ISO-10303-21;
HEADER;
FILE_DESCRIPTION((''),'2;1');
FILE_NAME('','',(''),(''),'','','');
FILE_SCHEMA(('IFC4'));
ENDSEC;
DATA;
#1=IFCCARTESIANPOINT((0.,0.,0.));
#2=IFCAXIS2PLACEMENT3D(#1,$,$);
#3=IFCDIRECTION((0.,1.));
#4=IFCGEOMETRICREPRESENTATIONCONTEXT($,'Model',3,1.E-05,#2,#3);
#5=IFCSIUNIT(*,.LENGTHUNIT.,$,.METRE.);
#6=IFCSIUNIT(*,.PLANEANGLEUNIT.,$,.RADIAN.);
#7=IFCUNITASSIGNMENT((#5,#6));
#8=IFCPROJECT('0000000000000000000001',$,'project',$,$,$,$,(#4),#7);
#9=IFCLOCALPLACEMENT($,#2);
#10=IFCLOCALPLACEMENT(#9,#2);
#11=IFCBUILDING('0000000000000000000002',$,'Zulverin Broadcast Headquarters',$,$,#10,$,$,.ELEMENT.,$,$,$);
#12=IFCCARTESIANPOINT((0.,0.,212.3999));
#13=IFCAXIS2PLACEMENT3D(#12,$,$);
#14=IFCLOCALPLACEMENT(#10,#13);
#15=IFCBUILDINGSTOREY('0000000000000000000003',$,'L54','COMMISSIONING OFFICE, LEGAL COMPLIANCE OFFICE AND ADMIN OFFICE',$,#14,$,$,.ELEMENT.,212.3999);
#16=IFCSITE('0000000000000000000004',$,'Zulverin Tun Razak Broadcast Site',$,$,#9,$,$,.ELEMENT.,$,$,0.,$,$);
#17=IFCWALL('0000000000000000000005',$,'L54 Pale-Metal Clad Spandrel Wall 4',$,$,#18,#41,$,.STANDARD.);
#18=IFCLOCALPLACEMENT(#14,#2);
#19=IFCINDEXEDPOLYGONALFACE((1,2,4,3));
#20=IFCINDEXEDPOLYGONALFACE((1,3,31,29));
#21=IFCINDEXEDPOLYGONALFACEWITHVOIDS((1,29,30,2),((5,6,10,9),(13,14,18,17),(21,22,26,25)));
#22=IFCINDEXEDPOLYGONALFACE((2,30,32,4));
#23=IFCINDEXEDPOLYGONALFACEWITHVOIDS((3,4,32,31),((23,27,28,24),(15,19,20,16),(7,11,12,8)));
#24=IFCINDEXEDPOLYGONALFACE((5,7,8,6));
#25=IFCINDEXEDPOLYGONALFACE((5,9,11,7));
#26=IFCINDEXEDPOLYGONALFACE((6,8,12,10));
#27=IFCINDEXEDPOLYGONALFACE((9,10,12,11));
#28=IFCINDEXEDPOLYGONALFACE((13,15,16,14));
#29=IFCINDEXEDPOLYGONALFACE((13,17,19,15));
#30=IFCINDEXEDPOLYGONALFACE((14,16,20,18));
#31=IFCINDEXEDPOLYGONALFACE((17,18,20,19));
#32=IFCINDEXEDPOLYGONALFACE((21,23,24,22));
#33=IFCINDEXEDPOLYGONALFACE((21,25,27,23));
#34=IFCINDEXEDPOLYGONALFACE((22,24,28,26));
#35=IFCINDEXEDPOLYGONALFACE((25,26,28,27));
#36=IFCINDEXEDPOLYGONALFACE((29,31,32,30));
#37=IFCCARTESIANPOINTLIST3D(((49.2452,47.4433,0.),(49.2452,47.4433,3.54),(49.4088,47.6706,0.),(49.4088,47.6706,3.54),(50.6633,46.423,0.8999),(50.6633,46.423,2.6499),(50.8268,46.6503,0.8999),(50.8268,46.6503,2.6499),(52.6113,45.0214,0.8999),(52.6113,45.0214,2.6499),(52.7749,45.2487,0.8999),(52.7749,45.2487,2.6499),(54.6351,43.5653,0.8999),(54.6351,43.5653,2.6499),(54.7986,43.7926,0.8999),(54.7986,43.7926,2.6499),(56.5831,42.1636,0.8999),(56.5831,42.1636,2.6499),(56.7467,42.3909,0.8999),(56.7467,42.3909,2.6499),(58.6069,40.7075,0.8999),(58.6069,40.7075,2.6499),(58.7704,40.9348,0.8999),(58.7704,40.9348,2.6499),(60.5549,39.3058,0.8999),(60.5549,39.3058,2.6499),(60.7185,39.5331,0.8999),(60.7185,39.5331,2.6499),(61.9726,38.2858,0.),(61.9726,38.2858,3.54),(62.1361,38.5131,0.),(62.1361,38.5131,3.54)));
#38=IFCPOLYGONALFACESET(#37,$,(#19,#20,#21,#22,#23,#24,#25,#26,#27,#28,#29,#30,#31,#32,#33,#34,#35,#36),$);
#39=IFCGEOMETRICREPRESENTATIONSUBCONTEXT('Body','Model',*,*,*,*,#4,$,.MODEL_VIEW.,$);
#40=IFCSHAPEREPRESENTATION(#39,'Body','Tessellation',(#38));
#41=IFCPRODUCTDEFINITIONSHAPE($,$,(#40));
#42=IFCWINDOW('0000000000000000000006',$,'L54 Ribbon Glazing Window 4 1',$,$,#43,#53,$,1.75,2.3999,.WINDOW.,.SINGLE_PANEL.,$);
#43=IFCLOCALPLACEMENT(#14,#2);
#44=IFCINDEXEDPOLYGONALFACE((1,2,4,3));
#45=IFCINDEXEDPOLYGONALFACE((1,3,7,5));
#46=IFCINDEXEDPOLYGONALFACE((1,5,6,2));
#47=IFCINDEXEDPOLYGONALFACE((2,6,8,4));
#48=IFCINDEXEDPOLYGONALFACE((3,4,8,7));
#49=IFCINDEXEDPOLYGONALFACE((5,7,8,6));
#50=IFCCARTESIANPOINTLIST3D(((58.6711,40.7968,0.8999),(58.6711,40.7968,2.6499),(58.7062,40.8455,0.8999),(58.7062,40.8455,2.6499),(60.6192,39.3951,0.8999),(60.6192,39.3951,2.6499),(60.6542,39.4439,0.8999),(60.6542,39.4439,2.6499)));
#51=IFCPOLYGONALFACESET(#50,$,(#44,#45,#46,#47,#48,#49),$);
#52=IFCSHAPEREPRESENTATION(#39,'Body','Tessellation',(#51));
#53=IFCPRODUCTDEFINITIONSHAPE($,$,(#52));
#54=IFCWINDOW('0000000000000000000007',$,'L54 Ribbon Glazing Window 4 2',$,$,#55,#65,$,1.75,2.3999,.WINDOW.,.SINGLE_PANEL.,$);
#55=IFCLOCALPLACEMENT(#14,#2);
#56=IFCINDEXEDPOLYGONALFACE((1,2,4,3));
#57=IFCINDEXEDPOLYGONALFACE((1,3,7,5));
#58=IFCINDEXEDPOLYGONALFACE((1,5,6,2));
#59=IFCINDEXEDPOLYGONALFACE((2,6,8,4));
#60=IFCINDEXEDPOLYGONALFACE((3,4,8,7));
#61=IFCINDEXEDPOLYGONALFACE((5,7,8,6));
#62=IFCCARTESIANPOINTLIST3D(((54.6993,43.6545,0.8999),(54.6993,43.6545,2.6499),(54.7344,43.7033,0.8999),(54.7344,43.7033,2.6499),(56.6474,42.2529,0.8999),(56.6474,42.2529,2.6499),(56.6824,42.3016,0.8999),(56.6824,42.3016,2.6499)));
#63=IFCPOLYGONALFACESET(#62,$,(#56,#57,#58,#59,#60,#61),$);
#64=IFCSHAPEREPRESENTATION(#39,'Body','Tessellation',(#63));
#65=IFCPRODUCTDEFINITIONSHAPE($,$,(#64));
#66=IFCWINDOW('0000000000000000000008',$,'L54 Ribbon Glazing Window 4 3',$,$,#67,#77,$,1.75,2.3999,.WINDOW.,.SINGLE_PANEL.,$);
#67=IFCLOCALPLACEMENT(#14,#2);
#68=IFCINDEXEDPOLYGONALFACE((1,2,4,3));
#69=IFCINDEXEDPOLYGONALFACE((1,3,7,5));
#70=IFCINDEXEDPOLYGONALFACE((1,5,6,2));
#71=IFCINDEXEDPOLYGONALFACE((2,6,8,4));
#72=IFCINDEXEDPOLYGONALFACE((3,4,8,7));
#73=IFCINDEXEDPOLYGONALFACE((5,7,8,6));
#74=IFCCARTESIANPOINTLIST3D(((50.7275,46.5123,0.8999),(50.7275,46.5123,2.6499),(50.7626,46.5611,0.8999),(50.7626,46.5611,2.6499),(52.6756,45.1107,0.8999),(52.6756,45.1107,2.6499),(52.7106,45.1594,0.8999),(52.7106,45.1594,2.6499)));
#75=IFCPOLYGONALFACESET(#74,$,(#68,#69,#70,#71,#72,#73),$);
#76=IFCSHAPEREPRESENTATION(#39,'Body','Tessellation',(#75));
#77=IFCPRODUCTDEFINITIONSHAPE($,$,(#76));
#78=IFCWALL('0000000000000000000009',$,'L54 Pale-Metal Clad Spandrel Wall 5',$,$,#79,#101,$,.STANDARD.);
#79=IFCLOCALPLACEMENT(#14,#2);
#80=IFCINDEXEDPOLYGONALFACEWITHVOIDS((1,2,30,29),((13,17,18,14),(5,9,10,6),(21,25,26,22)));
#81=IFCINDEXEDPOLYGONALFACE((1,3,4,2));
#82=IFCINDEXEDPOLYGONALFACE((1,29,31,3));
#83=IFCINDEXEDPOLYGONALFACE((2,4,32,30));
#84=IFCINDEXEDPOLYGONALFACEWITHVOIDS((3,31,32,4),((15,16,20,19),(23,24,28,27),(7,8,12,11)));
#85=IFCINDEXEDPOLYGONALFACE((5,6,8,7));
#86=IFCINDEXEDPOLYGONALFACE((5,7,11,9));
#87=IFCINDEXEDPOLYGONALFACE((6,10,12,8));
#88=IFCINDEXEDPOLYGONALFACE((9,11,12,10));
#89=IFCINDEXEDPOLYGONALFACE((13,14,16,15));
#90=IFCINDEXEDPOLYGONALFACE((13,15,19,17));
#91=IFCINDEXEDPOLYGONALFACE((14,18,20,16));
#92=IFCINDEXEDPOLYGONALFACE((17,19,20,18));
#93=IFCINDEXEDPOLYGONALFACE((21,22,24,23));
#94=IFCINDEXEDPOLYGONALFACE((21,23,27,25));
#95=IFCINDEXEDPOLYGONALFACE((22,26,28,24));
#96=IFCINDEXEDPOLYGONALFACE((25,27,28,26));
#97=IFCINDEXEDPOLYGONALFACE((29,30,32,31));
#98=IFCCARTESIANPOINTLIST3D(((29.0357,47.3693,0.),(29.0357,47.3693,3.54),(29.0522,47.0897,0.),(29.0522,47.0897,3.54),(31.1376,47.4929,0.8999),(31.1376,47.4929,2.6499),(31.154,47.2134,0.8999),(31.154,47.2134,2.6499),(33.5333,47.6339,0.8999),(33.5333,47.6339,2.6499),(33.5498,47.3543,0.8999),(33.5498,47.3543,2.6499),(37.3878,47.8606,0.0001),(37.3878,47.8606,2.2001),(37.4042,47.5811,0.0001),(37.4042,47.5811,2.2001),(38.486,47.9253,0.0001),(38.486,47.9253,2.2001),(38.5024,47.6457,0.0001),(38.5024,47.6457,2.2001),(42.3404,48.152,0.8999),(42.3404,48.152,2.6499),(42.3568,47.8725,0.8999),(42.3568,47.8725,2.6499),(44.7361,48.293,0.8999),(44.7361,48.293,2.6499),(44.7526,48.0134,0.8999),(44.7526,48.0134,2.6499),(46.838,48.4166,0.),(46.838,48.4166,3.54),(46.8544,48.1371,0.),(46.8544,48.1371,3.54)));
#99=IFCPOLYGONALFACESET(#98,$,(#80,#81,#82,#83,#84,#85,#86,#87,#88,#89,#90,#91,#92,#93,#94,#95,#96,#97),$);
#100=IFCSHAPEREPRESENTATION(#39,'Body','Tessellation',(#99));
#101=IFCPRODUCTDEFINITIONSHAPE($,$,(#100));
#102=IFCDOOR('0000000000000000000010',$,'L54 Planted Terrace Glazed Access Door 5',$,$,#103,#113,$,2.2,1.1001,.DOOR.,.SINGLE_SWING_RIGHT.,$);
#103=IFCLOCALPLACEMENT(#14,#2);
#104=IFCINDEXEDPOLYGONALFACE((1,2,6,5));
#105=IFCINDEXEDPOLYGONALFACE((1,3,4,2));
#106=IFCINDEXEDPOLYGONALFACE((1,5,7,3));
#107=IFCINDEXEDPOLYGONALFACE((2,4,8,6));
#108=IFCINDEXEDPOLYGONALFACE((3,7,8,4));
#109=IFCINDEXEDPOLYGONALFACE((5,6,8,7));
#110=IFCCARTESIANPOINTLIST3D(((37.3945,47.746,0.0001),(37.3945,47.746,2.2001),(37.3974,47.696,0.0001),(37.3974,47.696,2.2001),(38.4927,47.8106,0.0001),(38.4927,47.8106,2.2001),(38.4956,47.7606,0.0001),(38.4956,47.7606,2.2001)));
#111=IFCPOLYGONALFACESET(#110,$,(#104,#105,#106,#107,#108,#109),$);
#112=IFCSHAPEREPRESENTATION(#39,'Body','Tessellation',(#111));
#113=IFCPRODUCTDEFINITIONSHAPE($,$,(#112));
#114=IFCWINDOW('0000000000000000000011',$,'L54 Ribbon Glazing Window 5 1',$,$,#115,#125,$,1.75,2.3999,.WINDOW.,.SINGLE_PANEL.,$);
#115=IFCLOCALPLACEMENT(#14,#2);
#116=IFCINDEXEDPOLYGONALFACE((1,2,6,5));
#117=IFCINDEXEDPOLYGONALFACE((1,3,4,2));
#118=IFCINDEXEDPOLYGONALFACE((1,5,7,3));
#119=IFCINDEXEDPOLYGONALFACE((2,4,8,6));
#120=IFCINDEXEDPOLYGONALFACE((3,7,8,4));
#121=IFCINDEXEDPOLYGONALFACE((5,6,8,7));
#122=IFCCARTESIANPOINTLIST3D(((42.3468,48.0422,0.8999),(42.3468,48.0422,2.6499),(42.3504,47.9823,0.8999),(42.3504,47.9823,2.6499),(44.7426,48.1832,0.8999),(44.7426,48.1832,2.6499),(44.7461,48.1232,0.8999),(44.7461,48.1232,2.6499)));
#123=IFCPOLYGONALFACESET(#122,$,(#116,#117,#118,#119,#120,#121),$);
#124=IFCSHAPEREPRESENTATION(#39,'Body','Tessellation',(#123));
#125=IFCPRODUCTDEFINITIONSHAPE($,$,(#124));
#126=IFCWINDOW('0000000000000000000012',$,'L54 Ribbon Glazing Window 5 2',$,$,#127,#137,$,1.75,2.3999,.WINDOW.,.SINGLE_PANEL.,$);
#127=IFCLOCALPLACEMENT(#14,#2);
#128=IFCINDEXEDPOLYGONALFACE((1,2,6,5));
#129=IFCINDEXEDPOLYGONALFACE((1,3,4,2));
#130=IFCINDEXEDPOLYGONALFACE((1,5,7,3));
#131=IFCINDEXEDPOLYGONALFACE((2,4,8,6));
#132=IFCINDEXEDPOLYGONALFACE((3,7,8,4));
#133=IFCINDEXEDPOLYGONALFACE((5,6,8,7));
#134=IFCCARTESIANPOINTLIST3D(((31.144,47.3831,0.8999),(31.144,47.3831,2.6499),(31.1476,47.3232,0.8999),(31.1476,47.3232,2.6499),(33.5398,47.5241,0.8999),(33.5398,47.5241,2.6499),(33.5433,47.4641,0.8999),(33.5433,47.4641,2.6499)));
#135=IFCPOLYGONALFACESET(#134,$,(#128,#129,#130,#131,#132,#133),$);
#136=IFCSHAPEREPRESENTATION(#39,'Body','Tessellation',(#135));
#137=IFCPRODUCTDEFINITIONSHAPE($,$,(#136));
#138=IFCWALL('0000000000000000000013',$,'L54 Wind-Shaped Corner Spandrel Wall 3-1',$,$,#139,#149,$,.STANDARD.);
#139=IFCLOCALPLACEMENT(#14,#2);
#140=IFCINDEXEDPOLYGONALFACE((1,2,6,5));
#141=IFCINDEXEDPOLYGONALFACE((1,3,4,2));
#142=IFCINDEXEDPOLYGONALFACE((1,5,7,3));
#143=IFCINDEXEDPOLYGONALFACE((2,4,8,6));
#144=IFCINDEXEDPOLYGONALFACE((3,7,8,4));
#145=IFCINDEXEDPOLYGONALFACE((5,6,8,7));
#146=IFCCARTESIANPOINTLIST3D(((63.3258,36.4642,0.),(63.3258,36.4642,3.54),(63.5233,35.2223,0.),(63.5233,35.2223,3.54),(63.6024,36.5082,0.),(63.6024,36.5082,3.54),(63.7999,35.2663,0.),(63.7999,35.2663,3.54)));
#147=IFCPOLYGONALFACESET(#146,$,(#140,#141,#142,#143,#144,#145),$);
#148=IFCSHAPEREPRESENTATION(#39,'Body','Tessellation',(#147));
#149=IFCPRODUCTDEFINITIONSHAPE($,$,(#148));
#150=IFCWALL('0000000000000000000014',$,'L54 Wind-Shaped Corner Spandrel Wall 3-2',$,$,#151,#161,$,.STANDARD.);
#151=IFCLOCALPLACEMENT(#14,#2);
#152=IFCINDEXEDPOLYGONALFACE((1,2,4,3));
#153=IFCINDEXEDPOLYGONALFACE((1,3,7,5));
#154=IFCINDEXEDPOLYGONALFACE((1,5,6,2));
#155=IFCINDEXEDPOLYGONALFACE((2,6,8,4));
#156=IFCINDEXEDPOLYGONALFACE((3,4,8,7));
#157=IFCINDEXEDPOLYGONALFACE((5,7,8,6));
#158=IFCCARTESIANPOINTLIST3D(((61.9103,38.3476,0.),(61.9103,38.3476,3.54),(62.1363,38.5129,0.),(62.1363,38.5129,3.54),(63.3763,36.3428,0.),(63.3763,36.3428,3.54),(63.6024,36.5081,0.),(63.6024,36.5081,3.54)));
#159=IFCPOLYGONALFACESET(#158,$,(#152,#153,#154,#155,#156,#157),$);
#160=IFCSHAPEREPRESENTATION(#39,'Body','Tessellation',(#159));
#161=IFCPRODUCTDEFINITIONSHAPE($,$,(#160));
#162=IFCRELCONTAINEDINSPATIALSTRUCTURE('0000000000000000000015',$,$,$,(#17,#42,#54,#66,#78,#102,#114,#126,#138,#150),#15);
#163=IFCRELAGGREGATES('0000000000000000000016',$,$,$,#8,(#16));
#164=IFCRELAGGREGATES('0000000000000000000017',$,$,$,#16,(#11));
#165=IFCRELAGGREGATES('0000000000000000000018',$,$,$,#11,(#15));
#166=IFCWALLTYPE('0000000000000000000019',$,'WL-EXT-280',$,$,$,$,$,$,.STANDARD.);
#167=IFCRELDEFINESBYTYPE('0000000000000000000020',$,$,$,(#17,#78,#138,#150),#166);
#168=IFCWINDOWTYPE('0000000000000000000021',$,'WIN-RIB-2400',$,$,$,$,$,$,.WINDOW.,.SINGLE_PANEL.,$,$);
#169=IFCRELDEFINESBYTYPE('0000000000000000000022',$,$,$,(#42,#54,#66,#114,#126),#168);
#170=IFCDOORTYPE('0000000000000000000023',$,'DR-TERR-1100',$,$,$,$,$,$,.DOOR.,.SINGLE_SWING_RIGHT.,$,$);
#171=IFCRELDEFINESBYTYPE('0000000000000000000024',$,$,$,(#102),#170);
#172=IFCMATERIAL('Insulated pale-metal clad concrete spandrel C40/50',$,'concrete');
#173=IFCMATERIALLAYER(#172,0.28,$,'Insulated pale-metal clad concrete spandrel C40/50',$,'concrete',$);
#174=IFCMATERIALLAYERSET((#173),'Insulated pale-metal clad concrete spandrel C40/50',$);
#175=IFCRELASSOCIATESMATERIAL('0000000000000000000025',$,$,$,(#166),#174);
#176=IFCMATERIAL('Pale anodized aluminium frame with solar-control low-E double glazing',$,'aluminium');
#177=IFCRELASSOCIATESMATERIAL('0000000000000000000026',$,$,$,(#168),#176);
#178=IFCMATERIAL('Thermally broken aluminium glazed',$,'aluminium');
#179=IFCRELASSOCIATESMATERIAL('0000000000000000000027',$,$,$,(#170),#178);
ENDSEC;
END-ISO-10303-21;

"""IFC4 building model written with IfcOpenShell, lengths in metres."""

from ifc_helpers import new_model, si_unit, direction, frame, frame_2d, origin, place, context, subcontext, project, spatial, rectangle, extrude, material, layer, layer_set, type_object, element, fill, save


model = new_model("IFC4")

# Units and contexts
model_context = context("Model", 3, precision=1e-05, world=origin(), true_north=direction((0.0, 1.0)))
body_context = subcontext(model_context, "Body", "Model", "MODEL_VIEW")
ifc_project = project(units=[si_unit("LENGTHUNIT", "METRE"), si_unit("PLANEANGLEUNIT", "RADIAN")], contexts=[model_context])

# Site, building, storey
site_placement = place(None, origin())
site = spatial("IfcSite", under=ifc_project, at=site_placement, Name="Zulverin Tun Razak Broadcast Site", CompositionType="ELEMENT", RefElevation=0.0)
building_placement = place(site_placement, origin())
building = spatial("IfcBuilding", under=site, at=building_placement, Name="Zulverin Broadcast Headquarters", CompositionType="ELEMENT")
storey_placement = place(building_placement, frame((0.0, 0.0, 212.3999)))
storey = spatial("IfcBuildingStorey", under=building, at=storey_placement, Name="L54", Description="COMMISSIONING OFFICE, LEGAL COMPLIANCE OFFICE AND ADMIN OFFICE", CompositionType="ELEMENT", Elevation=212.3999)

# Wall, openings, windows
ifc_material_1 = material(Name="Insulated pale-metal clad concrete spandrel C40/50", Category="concrete")
ifc_layer_1 = layer(ifc_material_1, 0.28, Name="Insulated pale-metal clad concrete spandrel C40/50", Category="concrete")
ifc_layer_set_1 = layer_set([ifc_layer_1], Name="Insulated pale-metal clad concrete spandrel C40/50")
wall_type = type_object("IfcWallType", Name="WL-EXT-280", PredefinedType="STANDARD", material=ifc_layer_set_1)
wall_1_placement = place(storey_placement, frame((62.0544, 38.3994, 0.0), z_axis=(0.0, 0.0, 1.0), x_axis=(-0.811721, 0.584045, 0.0)))
wall_1 = element("IfcWall", 1, at=wall_1_placement, inside=storey, type_object=wall_type, Name="L54 Pale-Metal Clad Spandrel Wall 4", PredefinedType="STANDARD", context=body_context, shape_type="SweptSolid", body=[
    extrude(rectangle(XDim=15.6794, YDim=0.28, at=frame_2d((7.8398, 0.0))), origin(), (0.0, 0.0, 1.0), 3.54),
])
opening_1_placement = place(wall_1_placement, frame((1.7466, 0.0, 0.8999)))
opening_1 = element("IfcOpeningElement", 2, at=opening_1_placement, cuts=wall_1, PredefinedType="OPENING", context=body_context, shape_type="SweptSolid", body=[
    extrude(rectangle(XDim=2.3999, YDim=1.75, at=frame_2d((1.2, 0.875))), frame((0.0, 0.1499, 0.0), z_axis=(0.0, -1.0, 0.0), x_axis=(1.0, 0.0, 0.0)), (0.0, 0.0, 1.0), 0.3),
])
opening_2_placement = place(wall_1_placement, frame((6.6396, 0.0, 0.8999)))
opening_2 = element("IfcOpeningElement", 3, at=opening_2_placement, cuts=wall_1, PredefinedType="OPENING", context=body_context, shape_type="SweptSolid", body=[
    extrude(rectangle(XDim=2.3999, YDim=1.75, at=frame_2d((1.2, 0.875))), frame((0.0, 0.1499, 0.0), z_axis=(0.0, -1.0, 0.0), x_axis=(1.0, 0.0, 0.0)), (0.0, 0.0, 1.0), 0.3),
])
opening_3_placement = place(wall_1_placement, frame((11.5327, 0.0, 0.8999)))
opening_3 = element("IfcOpeningElement", 4, at=opening_3_placement, cuts=wall_1, PredefinedType="OPENING", context=body_context, shape_type="SweptSolid", body=[
    extrude(rectangle(XDim=2.3999, YDim=1.75, at=frame_2d((1.2, 0.875))), frame((0.0, 0.1499, 0.0), z_axis=(0.0, -1.0, 0.0), x_axis=(1.0, 0.0, 0.0)), (0.0, 0.0, 1.0), 0.3),
])
ifc_material_2 = material(Name="Pale anodized aluminium frame with solar-control low-E double glazing", Category="aluminium")
window_type = type_object("IfcWindowType", Name="WIN-RIB-2400", PartitioningType="SINGLE_PANEL", PredefinedType="WINDOW", material=ifc_material_2)
window_1_placement = place(opening_1_placement, origin())
window_1 = element("IfcWindow", 5, at=window_1_placement, inside=storey, type_object=window_type, Name="L54 Ribbon Glazing Window 4 1", OverallHeight=1.75, OverallWidth=2.3999, PartitioningType="SINGLE_PANEL", PredefinedType="WINDOW", context=body_context, shape_type="SweptSolid", body=[
    extrude(rectangle(XDim=2.3999, YDim=1.75, at=frame_2d((1.2, 0.875))), frame((0.0, 0.03, 0.0), z_axis=(0.0, -1.0, 0.0), x_axis=(1.0, 0.0, 0.0)), (0.0, 0.0, 1.0), 0.0601),
])
fill(opening_1, window_1)
window_2_placement = place(opening_2_placement, origin())
window_2 = element("IfcWindow", 6, at=window_2_placement, inside=storey, type_object=window_type, Name="L54 Ribbon Glazing Window 4 2", OverallHeight=1.75, OverallWidth=2.3999, PartitioningType="SINGLE_PANEL", PredefinedType="WINDOW", context=body_context, shape_type="SweptSolid", body=[
    extrude(rectangle(XDim=2.3999, YDim=1.75, at=frame_2d((1.2, 0.875))), frame((0.0, 0.03, 0.0), z_axis=(0.0, -1.0, 0.0), x_axis=(1.0, 0.0, 0.0)), (0.0, 0.0, 1.0), 0.0601),
])
fill(opening_2, window_2)
window_3_placement = place(opening_3_placement, origin())
window_3 = element("IfcWindow", 7, at=window_3_placement, inside=storey, type_object=window_type, Name="L54 Ribbon Glazing Window 4 3", OverallHeight=1.75, OverallWidth=2.3999, PartitioningType="SINGLE_PANEL", PredefinedType="WINDOW", context=body_context, shape_type="SweptSolid", body=[
    extrude(rectangle(XDim=2.3999, YDim=1.75, at=frame_2d((1.2, 0.875))), frame((0.0, 0.03, 0.0), z_axis=(0.0, -1.0, 0.0), x_axis=(1.0, 0.0, 0.0)), (0.0, 0.0, 1.0), 0.0601),
])
fill(opening_3, window_3)

# Wall, openings, door, windows
wall_2_placement = place(storey_placement, frame((46.8462, 48.2769, 0.0), z_axis=(0.0, 0.0, 1.0), x_axis=(-0.998274, -0.058732, 0.0)))
wall_2 = element("IfcWall", 8, at=wall_2_placement, inside=storey, type_object=wall_type, Name="L54 Pale-Metal Clad Spandrel Wall 5", PredefinedType="STANDARD", context=body_context, shape_type="SweptSolid", body=[
    extrude(rectangle(XDim=17.833, YDim=0.28, at=frame_2d((8.9165, 0.0))), origin(), (0.0, 0.0, 1.0), 3.54),
])
opening_4_placement = place(wall_2_placement, frame((8.3665, 0.0, 0.0)))
opening_4 = element("IfcOpeningElement", 9, at=opening_4_placement, cuts=wall_2, PredefinedType="OPENING", context=body_context, shape_type="SweptSolid", body=[
    extrude(rectangle(XDim=1.1001, YDim=2.2, at=frame_2d((0.55, 1.1001))), frame((0.0, 0.1499, 0.0), z_axis=(0.0, -1.0, 0.0), x_axis=(1.0, 0.0, 0.0)), (0.0, 0.0, 1.0), 0.3),
])
opening_5_placement = place(wall_2_placement, frame((2.1055, 0.0, 0.8999)))
opening_5 = element("IfcOpeningElement", 10, at=opening_5_placement, cuts=wall_2, PredefinedType="OPENING", context=body_context, shape_type="SweptSolid", body=[
    extrude(rectangle(XDim=2.3999, YDim=1.75, at=frame_2d((1.2, 0.875))), frame((0.0, 0.1499, 0.0), z_axis=(0.0, -1.0, 0.0), x_axis=(1.0, 0.0, 0.0)), (0.0, 0.0, 1.0), 0.3),
])
opening_6_placement = place(wall_2_placement, frame((13.3276, 0.0, 0.8999)))
opening_6 = element("IfcOpeningElement", 11, at=opening_6_placement, cuts=wall_2, PredefinedType="OPENING", context=body_context, shape_type="SweptSolid", body=[
    extrude(rectangle(XDim=2.3999, YDim=1.75, at=frame_2d((1.2, 0.875))), frame((0.0, 0.1499, 0.0), z_axis=(0.0, -1.0, 0.0), x_axis=(1.0, 0.0, 0.0)), (0.0, 0.0, 1.0), 0.3),
])
ifc_material_3 = material(Name="Thermally broken aluminium glazed", Category="aluminium")
door_type = type_object("IfcDoorType", Name="DR-TERR-1100", OperationType="SINGLE_SWING_RIGHT", PredefinedType="DOOR", material=ifc_material_3)
door_placement = place(opening_4_placement, origin())
door = element("IfcDoor", 12, at=door_placement, inside=storey, type_object=door_type, Name="L54 Planted Terrace Glazed Access Door 5", OperationType="SINGLE_SWING_RIGHT", OverallHeight=2.2, OverallWidth=1.1001, PredefinedType="DOOR", context=body_context, shape_type="SweptSolid", body=[
    extrude(rectangle(XDim=1.1001, YDim=2.2, at=frame_2d((0.55, 1.1001))), frame((0.0, 0.0249, 0.0), z_axis=(0.0, -1.0, 0.0), x_axis=(1.0, 0.0, 0.0)), (0.0, 0.0, 1.0), 0.05),
])
fill(opening_4, door)
window_4_placement = place(opening_5_placement, origin())
window_4 = element("IfcWindow", 13, at=window_4_placement, inside=storey, type_object=window_type, Name="L54 Ribbon Glazing Window 5 1", OverallHeight=1.75, OverallWidth=2.3999, PartitioningType="SINGLE_PANEL", PredefinedType="WINDOW", context=body_context, shape_type="SweptSolid", body=[
    extrude(rectangle(XDim=2.3999, YDim=1.75, at=frame_2d((1.2, 0.875))), frame((0.0, 0.03, 0.0), z_axis=(0.0, -1.0, 0.0), x_axis=(1.0, 0.0, 0.0)), (0.0, 0.0, 1.0), 0.0601),
])
fill(opening_5, window_4)
window_5_placement = place(opening_6_placement, origin())
window_5 = element("IfcWindow", 14, at=window_5_placement, inside=storey, type_object=window_type, Name="L54 Ribbon Glazing Window 5 2", OverallHeight=1.75, OverallWidth=2.3999, PartitioningType="SINGLE_PANEL", PredefinedType="WINDOW", context=body_context, shape_type="SweptSolid", body=[
    extrude(rectangle(XDim=2.3999, YDim=1.75, at=frame_2d((1.2, 0.875))), frame((0.0, 0.03, 0.0), z_axis=(0.0, -1.0, 0.0), x_axis=(1.0, 0.0, 0.0)), (0.0, 0.0, 1.0), 0.0601),
])
fill(opening_6, window_5)

# Walls
wall_3_placement = place(storey_placement, frame((63.6616, 35.2441, 0.0), z_axis=(0.0, 0.0, 1.0), x_axis=(-0.157059, 0.987589, 0.0)))
element("IfcWall", 15, at=wall_3_placement, inside=storey, type_object=wall_type, Name="L54 Wind-Shaped Corner Spandrel Wall 3-1", PredefinedType="STANDARD", context=body_context, shape_type="SweptSolid", body=[
    extrude(rectangle(XDim=1.2576, YDim=0.28, at=frame_2d((0.6289, 0.0))), origin(), (0.0, 0.0, 1.0), 3.54),
])
wall_4_placement = place(storey_placement, frame((63.4893, 36.4255, 0.0), z_axis=(0.0, 0.0, 1.0), x_axis=(-0.590268, 0.807207, 0.0)))
element("IfcWall", 16, at=wall_4_placement, inside=storey, type_object=wall_type, Name="L54 Wind-Shaped Corner Spandrel Wall 3-2", PredefinedType="STANDARD", context=body_context, shape_type="SweptSolid", body=[
    extrude(rectangle(XDim=2.4836, YDim=0.28, at=frame_2d((1.2417, 0.0))), origin(), (0.0, 0.0, 1.0), 3.54),
])

save(model, "model.ifc")
